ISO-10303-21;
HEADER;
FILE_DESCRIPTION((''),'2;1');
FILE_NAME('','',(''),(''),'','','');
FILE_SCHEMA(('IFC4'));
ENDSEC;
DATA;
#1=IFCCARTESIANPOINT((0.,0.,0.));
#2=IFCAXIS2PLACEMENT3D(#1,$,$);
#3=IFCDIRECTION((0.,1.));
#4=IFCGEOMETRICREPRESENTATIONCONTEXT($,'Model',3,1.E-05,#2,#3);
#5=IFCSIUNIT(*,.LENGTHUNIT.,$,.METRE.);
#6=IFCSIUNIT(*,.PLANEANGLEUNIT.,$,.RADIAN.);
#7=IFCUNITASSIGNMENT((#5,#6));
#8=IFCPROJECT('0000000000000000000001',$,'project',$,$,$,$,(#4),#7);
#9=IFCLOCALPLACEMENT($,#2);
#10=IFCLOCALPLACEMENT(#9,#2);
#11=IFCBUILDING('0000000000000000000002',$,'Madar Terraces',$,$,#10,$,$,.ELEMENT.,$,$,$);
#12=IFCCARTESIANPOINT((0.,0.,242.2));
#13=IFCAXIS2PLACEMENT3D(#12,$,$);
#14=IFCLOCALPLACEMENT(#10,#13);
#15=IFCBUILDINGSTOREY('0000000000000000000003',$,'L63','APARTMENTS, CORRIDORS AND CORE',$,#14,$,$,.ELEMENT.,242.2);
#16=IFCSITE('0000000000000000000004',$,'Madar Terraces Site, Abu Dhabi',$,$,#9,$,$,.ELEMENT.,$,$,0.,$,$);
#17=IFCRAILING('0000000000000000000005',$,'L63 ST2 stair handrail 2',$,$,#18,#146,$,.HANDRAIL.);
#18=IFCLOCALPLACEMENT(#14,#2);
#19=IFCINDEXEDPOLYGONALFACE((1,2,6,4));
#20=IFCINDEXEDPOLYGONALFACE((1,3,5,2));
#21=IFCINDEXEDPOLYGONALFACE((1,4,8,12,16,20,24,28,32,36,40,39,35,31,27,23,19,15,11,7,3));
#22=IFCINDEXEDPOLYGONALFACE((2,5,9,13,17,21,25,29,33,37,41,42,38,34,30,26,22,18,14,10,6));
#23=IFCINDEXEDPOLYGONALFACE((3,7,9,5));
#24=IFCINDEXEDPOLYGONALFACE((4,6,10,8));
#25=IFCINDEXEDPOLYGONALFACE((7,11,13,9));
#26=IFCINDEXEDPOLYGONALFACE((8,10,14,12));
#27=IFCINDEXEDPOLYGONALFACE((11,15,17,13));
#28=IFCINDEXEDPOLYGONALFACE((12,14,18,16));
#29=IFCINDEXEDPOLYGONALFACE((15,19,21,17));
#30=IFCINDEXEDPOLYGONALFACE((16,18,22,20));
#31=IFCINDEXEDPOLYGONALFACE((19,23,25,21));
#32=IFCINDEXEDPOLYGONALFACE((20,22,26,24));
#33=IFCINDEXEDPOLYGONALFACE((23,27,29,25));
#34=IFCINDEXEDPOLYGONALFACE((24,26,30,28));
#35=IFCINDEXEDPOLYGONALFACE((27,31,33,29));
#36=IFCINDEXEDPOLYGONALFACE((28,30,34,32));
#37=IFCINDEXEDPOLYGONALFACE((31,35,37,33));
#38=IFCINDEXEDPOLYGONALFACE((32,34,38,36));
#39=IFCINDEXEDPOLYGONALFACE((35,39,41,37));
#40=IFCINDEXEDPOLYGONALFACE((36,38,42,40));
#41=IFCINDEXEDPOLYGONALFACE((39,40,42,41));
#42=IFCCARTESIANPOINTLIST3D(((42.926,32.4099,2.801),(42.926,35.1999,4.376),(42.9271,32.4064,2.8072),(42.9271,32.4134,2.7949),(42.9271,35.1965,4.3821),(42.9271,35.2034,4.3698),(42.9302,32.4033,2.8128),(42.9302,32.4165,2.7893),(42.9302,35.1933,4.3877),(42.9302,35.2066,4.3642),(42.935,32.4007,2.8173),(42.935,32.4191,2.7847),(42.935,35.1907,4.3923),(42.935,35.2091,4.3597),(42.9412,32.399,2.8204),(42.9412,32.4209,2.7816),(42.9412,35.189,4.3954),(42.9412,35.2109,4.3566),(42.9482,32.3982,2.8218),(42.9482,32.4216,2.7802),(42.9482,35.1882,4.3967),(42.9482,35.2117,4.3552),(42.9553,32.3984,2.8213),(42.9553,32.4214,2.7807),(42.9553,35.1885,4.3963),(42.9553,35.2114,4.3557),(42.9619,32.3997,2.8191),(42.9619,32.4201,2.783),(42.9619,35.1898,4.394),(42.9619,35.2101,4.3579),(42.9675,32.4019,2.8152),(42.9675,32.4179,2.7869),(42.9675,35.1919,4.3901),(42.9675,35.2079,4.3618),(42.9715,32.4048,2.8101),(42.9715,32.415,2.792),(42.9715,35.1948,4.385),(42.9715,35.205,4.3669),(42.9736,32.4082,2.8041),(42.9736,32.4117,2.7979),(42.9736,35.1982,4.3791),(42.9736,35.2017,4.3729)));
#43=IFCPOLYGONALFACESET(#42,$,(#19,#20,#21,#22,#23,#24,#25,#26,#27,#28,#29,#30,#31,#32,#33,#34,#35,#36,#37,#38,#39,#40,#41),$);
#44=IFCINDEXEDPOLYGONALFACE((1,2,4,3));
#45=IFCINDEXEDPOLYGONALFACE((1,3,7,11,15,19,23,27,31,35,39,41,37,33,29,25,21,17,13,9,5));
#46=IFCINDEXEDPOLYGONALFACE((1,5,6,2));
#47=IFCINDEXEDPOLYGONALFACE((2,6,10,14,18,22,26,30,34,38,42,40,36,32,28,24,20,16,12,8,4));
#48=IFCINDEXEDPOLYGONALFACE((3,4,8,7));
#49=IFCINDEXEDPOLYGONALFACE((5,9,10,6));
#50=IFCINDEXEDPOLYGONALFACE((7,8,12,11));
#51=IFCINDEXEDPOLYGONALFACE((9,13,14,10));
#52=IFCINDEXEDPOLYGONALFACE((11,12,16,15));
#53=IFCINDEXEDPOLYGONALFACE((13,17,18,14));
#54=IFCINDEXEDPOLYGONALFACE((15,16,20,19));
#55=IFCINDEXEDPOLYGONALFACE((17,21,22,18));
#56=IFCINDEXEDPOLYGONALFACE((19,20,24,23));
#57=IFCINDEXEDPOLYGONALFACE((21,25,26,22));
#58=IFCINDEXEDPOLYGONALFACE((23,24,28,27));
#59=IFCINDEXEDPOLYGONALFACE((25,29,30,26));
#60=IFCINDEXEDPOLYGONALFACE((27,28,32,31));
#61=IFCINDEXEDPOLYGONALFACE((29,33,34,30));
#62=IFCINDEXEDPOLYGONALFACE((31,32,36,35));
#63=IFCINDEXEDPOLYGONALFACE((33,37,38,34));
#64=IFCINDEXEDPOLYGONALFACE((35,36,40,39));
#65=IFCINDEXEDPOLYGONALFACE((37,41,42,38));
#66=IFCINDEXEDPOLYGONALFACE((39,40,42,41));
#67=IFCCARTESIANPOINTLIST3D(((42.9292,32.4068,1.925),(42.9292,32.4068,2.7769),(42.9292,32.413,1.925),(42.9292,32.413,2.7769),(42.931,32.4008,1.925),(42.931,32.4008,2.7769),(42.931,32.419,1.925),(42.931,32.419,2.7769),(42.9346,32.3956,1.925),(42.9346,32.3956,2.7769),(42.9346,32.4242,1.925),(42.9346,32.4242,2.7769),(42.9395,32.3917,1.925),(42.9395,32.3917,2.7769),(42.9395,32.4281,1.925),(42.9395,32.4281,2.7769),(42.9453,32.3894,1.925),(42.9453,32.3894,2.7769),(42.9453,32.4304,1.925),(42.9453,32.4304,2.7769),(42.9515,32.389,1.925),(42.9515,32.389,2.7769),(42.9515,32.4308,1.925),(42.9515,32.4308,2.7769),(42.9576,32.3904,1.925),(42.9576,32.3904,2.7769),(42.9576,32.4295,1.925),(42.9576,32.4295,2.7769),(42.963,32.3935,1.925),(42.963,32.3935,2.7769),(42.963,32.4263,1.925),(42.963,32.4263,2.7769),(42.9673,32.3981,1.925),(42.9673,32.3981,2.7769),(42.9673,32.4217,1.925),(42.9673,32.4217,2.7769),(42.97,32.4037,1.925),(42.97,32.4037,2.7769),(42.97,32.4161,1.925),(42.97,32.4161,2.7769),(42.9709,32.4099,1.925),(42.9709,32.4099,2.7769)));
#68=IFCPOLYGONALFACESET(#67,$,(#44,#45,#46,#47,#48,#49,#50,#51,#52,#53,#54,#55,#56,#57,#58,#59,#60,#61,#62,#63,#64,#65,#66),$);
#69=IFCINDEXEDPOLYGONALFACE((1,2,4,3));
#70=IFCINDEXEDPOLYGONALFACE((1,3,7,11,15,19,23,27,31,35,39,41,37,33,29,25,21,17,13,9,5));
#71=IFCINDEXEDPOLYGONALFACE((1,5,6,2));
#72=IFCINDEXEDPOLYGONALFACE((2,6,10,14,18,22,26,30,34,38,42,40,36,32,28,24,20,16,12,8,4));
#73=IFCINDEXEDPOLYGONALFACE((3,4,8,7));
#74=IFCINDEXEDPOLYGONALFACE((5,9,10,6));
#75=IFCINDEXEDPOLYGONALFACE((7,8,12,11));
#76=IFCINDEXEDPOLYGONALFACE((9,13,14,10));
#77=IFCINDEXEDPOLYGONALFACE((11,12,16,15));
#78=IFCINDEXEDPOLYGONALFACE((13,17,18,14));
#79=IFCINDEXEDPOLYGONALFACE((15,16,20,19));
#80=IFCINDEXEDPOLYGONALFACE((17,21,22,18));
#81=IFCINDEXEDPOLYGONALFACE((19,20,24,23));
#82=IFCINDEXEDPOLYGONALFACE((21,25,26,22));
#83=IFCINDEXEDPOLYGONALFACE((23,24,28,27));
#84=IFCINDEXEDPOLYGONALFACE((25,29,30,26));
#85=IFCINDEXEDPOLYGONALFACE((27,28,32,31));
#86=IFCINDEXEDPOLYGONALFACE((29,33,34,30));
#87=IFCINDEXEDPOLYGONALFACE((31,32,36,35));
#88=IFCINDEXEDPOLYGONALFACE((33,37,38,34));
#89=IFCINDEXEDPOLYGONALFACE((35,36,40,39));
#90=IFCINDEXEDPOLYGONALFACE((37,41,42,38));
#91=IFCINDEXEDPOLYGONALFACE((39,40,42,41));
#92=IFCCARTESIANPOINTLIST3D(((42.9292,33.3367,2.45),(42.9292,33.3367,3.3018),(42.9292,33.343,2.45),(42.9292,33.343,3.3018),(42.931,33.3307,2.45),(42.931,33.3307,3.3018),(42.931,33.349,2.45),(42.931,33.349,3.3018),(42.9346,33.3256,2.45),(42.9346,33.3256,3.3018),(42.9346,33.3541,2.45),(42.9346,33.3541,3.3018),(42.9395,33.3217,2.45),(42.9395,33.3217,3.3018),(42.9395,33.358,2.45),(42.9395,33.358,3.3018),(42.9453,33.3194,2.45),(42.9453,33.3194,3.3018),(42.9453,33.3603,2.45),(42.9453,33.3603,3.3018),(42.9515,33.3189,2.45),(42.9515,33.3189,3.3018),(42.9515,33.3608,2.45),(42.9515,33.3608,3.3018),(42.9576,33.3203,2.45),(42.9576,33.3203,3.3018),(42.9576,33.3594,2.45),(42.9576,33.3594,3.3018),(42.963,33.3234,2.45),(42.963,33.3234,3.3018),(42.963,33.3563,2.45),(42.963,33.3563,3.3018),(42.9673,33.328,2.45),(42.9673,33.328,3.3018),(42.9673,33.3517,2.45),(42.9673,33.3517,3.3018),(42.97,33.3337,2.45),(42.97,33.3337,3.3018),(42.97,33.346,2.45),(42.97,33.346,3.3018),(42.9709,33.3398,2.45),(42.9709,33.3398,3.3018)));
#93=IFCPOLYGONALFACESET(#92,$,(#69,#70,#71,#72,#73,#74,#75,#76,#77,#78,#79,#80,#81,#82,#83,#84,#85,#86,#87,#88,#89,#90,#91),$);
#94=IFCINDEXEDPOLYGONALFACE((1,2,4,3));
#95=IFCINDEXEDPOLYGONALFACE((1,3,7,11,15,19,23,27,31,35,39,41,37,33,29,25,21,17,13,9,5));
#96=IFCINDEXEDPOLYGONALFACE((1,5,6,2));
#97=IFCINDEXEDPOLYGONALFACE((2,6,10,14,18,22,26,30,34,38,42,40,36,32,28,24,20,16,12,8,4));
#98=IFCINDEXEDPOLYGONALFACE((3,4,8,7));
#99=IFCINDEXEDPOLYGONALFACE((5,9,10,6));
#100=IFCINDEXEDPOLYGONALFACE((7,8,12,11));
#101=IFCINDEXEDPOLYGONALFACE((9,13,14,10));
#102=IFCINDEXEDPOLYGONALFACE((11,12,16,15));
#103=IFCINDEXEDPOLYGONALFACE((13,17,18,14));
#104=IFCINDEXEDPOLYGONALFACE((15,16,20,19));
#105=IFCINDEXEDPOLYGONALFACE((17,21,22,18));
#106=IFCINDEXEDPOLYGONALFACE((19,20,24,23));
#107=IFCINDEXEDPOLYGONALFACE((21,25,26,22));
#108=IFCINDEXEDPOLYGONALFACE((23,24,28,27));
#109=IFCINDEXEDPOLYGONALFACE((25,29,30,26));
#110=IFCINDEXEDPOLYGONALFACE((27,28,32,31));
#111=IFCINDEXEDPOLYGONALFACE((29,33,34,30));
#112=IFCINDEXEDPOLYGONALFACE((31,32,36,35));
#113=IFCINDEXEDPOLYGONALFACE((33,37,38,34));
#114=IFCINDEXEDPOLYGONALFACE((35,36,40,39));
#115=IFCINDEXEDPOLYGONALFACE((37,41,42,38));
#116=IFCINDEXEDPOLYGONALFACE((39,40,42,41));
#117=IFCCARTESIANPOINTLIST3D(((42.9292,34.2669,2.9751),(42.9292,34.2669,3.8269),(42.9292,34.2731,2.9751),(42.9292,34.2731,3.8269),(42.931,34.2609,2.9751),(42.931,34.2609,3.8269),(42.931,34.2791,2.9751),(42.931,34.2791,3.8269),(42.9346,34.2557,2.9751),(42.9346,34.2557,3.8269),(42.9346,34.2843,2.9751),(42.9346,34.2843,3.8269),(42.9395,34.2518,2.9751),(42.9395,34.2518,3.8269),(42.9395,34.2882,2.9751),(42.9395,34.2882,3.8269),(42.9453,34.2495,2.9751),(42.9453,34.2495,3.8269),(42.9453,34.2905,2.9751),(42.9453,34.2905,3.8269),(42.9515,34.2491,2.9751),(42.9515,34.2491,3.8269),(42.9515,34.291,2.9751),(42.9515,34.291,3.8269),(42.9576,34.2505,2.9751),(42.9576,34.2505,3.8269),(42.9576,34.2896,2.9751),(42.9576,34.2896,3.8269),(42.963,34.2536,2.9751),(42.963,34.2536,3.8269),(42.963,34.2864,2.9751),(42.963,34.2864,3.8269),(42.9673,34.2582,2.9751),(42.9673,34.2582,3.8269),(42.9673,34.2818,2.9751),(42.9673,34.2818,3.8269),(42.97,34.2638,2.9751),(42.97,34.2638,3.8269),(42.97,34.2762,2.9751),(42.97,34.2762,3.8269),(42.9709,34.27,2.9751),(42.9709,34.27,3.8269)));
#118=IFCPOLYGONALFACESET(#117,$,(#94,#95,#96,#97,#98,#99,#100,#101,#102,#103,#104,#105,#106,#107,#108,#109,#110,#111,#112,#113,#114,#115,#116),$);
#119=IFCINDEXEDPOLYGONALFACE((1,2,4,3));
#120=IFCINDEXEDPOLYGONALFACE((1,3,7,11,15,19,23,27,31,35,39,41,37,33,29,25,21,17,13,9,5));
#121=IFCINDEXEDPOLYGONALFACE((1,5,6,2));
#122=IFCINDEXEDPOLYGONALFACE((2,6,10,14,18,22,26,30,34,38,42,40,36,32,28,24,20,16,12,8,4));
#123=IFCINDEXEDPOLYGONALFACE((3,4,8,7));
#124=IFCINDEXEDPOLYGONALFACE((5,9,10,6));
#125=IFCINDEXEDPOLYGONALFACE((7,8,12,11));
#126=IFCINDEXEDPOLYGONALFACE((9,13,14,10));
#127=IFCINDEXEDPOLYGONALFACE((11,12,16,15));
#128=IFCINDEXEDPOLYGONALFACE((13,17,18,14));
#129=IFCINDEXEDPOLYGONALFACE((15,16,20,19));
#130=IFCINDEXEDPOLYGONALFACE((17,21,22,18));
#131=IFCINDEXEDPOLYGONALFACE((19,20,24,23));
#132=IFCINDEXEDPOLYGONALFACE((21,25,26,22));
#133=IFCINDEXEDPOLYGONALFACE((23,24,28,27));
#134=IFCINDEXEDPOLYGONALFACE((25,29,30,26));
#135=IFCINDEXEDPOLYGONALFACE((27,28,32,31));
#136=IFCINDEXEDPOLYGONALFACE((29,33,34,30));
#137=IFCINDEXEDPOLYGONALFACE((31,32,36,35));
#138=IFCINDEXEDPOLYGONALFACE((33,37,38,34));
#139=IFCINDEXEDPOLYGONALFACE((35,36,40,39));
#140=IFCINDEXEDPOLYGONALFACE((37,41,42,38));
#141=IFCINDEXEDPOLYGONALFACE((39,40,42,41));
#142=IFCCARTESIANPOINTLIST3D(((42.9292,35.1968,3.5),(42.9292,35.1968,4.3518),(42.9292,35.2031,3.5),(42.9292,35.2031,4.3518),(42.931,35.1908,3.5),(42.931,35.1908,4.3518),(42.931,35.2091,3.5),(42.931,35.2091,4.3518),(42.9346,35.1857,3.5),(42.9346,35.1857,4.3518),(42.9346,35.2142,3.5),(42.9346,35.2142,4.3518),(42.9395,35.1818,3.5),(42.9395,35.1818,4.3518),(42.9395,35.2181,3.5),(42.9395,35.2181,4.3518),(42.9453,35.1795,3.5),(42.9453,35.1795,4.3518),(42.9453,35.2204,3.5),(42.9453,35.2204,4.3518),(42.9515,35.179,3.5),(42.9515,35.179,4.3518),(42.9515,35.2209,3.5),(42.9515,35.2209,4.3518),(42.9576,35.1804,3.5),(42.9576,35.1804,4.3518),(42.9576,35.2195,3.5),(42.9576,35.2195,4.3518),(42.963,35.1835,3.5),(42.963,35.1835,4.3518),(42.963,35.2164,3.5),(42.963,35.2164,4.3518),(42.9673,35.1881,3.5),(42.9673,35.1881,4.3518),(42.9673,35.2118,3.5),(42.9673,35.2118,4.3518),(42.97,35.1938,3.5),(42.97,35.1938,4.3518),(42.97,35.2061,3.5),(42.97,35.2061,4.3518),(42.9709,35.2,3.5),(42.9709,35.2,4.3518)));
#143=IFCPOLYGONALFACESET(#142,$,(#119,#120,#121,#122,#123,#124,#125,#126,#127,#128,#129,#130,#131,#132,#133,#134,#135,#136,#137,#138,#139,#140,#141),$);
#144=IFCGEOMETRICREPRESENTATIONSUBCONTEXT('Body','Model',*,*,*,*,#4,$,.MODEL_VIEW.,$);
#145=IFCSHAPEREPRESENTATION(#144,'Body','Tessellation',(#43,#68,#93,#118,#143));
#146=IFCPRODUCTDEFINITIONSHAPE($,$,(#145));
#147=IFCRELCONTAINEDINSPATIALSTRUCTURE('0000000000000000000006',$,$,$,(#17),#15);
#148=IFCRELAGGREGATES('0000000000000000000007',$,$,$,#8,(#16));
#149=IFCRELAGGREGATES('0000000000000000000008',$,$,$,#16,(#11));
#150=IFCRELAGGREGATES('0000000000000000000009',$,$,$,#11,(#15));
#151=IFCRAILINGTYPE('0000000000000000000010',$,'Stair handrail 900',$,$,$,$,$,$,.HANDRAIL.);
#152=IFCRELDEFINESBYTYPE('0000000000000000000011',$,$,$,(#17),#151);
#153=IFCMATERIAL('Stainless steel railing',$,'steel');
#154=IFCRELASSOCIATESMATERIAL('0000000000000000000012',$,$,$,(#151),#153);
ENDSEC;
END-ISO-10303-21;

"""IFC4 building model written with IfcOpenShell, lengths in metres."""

from ifc_helpers import new_model, si_unit, direction, frame, origin, origin_2d, place, context, subcontext, project, spatial, circle, extrude, material, type_object, element, save


model = new_model("IFC4")

# Units and contexts
model_context = context("Model", 3, precision=1e-05, world=origin(), true_north=direction((0.0, 1.0)))
body_context = subcontext(model_context, "Body", "Model", "MODEL_VIEW")
ifc_project = project(units=[si_unit("LENGTHUNIT", "METRE"), si_unit("PLANEANGLEUNIT", "RADIAN")], contexts=[model_context])

# Site, building, storey
site_placement = place(None, origin())
site = spatial("IfcSite", under=ifc_project, at=site_placement, Name="Madar Terraces Site, Abu Dhabi", CompositionType="ELEMENT", RefElevation=0.0)
building_placement = place(site_placement, origin())
building = spatial("IfcBuilding", under=site, at=building_placement, Name="Madar Terraces", CompositionType="ELEMENT")
storey_placement = place(building_placement, frame((0.0, 0.0, 242.2)))
storey = spatial("IfcBuildingStorey", under=building, at=storey_placement, Name="L63", Description="APARTMENTS, CORRIDORS AND CORE", CompositionType="ELEMENT", Elevation=242.2)

# Railing
ifc_material_1 = material(Name="Stainless steel railing", Category="steel")
railing_type_1 = type_object("IfcRailingType", Name="Stair handrail 900", PredefinedType="HANDRAIL", material=ifc_material_1)
railing_1_placement = place(storey_placement, frame((42.95, 32.4099, 1.925)))
element("IfcRailing", 1, at=railing_1_placement, inside=storey, type_object=railing_type_1, Name="L63 ST2 stair handrail 2", PredefinedType="HANDRAIL", context=body_context, shape_type="SweptSolid", body=[
    extrude(circle(Radius=0.0239, at=origin_2d()), frame((0.0, 0.0, 0.876), z_axis=(0.0, 0.870834, 0.491578), x_axis=(-1.0, 0.0, 0.0)), (0.0, 0.0, 1.0), 3.2039),
    extrude(circle(Radius=0.021, at=origin_2d()), origin(), (0.0, 0.0, 1.0), 0.8518),
    extrude(circle(Radius=0.021, at=origin_2d()), frame((0.0, 0.9299, 0.5249)), (0.0, 0.0, 1.0), 0.8518),
    extrude(circle(Radius=0.021, at=origin_2d()), frame((0.0, 1.8601, 1.05)), (0.0, 0.0, 1.0), 0.8518),
    extrude(circle(Radius=0.021, at=origin_2d()), frame((0.0, 2.79, 1.575)), (0.0, 0.0, 1.0), 0.8518),
])

save(model, "model.ifc")
